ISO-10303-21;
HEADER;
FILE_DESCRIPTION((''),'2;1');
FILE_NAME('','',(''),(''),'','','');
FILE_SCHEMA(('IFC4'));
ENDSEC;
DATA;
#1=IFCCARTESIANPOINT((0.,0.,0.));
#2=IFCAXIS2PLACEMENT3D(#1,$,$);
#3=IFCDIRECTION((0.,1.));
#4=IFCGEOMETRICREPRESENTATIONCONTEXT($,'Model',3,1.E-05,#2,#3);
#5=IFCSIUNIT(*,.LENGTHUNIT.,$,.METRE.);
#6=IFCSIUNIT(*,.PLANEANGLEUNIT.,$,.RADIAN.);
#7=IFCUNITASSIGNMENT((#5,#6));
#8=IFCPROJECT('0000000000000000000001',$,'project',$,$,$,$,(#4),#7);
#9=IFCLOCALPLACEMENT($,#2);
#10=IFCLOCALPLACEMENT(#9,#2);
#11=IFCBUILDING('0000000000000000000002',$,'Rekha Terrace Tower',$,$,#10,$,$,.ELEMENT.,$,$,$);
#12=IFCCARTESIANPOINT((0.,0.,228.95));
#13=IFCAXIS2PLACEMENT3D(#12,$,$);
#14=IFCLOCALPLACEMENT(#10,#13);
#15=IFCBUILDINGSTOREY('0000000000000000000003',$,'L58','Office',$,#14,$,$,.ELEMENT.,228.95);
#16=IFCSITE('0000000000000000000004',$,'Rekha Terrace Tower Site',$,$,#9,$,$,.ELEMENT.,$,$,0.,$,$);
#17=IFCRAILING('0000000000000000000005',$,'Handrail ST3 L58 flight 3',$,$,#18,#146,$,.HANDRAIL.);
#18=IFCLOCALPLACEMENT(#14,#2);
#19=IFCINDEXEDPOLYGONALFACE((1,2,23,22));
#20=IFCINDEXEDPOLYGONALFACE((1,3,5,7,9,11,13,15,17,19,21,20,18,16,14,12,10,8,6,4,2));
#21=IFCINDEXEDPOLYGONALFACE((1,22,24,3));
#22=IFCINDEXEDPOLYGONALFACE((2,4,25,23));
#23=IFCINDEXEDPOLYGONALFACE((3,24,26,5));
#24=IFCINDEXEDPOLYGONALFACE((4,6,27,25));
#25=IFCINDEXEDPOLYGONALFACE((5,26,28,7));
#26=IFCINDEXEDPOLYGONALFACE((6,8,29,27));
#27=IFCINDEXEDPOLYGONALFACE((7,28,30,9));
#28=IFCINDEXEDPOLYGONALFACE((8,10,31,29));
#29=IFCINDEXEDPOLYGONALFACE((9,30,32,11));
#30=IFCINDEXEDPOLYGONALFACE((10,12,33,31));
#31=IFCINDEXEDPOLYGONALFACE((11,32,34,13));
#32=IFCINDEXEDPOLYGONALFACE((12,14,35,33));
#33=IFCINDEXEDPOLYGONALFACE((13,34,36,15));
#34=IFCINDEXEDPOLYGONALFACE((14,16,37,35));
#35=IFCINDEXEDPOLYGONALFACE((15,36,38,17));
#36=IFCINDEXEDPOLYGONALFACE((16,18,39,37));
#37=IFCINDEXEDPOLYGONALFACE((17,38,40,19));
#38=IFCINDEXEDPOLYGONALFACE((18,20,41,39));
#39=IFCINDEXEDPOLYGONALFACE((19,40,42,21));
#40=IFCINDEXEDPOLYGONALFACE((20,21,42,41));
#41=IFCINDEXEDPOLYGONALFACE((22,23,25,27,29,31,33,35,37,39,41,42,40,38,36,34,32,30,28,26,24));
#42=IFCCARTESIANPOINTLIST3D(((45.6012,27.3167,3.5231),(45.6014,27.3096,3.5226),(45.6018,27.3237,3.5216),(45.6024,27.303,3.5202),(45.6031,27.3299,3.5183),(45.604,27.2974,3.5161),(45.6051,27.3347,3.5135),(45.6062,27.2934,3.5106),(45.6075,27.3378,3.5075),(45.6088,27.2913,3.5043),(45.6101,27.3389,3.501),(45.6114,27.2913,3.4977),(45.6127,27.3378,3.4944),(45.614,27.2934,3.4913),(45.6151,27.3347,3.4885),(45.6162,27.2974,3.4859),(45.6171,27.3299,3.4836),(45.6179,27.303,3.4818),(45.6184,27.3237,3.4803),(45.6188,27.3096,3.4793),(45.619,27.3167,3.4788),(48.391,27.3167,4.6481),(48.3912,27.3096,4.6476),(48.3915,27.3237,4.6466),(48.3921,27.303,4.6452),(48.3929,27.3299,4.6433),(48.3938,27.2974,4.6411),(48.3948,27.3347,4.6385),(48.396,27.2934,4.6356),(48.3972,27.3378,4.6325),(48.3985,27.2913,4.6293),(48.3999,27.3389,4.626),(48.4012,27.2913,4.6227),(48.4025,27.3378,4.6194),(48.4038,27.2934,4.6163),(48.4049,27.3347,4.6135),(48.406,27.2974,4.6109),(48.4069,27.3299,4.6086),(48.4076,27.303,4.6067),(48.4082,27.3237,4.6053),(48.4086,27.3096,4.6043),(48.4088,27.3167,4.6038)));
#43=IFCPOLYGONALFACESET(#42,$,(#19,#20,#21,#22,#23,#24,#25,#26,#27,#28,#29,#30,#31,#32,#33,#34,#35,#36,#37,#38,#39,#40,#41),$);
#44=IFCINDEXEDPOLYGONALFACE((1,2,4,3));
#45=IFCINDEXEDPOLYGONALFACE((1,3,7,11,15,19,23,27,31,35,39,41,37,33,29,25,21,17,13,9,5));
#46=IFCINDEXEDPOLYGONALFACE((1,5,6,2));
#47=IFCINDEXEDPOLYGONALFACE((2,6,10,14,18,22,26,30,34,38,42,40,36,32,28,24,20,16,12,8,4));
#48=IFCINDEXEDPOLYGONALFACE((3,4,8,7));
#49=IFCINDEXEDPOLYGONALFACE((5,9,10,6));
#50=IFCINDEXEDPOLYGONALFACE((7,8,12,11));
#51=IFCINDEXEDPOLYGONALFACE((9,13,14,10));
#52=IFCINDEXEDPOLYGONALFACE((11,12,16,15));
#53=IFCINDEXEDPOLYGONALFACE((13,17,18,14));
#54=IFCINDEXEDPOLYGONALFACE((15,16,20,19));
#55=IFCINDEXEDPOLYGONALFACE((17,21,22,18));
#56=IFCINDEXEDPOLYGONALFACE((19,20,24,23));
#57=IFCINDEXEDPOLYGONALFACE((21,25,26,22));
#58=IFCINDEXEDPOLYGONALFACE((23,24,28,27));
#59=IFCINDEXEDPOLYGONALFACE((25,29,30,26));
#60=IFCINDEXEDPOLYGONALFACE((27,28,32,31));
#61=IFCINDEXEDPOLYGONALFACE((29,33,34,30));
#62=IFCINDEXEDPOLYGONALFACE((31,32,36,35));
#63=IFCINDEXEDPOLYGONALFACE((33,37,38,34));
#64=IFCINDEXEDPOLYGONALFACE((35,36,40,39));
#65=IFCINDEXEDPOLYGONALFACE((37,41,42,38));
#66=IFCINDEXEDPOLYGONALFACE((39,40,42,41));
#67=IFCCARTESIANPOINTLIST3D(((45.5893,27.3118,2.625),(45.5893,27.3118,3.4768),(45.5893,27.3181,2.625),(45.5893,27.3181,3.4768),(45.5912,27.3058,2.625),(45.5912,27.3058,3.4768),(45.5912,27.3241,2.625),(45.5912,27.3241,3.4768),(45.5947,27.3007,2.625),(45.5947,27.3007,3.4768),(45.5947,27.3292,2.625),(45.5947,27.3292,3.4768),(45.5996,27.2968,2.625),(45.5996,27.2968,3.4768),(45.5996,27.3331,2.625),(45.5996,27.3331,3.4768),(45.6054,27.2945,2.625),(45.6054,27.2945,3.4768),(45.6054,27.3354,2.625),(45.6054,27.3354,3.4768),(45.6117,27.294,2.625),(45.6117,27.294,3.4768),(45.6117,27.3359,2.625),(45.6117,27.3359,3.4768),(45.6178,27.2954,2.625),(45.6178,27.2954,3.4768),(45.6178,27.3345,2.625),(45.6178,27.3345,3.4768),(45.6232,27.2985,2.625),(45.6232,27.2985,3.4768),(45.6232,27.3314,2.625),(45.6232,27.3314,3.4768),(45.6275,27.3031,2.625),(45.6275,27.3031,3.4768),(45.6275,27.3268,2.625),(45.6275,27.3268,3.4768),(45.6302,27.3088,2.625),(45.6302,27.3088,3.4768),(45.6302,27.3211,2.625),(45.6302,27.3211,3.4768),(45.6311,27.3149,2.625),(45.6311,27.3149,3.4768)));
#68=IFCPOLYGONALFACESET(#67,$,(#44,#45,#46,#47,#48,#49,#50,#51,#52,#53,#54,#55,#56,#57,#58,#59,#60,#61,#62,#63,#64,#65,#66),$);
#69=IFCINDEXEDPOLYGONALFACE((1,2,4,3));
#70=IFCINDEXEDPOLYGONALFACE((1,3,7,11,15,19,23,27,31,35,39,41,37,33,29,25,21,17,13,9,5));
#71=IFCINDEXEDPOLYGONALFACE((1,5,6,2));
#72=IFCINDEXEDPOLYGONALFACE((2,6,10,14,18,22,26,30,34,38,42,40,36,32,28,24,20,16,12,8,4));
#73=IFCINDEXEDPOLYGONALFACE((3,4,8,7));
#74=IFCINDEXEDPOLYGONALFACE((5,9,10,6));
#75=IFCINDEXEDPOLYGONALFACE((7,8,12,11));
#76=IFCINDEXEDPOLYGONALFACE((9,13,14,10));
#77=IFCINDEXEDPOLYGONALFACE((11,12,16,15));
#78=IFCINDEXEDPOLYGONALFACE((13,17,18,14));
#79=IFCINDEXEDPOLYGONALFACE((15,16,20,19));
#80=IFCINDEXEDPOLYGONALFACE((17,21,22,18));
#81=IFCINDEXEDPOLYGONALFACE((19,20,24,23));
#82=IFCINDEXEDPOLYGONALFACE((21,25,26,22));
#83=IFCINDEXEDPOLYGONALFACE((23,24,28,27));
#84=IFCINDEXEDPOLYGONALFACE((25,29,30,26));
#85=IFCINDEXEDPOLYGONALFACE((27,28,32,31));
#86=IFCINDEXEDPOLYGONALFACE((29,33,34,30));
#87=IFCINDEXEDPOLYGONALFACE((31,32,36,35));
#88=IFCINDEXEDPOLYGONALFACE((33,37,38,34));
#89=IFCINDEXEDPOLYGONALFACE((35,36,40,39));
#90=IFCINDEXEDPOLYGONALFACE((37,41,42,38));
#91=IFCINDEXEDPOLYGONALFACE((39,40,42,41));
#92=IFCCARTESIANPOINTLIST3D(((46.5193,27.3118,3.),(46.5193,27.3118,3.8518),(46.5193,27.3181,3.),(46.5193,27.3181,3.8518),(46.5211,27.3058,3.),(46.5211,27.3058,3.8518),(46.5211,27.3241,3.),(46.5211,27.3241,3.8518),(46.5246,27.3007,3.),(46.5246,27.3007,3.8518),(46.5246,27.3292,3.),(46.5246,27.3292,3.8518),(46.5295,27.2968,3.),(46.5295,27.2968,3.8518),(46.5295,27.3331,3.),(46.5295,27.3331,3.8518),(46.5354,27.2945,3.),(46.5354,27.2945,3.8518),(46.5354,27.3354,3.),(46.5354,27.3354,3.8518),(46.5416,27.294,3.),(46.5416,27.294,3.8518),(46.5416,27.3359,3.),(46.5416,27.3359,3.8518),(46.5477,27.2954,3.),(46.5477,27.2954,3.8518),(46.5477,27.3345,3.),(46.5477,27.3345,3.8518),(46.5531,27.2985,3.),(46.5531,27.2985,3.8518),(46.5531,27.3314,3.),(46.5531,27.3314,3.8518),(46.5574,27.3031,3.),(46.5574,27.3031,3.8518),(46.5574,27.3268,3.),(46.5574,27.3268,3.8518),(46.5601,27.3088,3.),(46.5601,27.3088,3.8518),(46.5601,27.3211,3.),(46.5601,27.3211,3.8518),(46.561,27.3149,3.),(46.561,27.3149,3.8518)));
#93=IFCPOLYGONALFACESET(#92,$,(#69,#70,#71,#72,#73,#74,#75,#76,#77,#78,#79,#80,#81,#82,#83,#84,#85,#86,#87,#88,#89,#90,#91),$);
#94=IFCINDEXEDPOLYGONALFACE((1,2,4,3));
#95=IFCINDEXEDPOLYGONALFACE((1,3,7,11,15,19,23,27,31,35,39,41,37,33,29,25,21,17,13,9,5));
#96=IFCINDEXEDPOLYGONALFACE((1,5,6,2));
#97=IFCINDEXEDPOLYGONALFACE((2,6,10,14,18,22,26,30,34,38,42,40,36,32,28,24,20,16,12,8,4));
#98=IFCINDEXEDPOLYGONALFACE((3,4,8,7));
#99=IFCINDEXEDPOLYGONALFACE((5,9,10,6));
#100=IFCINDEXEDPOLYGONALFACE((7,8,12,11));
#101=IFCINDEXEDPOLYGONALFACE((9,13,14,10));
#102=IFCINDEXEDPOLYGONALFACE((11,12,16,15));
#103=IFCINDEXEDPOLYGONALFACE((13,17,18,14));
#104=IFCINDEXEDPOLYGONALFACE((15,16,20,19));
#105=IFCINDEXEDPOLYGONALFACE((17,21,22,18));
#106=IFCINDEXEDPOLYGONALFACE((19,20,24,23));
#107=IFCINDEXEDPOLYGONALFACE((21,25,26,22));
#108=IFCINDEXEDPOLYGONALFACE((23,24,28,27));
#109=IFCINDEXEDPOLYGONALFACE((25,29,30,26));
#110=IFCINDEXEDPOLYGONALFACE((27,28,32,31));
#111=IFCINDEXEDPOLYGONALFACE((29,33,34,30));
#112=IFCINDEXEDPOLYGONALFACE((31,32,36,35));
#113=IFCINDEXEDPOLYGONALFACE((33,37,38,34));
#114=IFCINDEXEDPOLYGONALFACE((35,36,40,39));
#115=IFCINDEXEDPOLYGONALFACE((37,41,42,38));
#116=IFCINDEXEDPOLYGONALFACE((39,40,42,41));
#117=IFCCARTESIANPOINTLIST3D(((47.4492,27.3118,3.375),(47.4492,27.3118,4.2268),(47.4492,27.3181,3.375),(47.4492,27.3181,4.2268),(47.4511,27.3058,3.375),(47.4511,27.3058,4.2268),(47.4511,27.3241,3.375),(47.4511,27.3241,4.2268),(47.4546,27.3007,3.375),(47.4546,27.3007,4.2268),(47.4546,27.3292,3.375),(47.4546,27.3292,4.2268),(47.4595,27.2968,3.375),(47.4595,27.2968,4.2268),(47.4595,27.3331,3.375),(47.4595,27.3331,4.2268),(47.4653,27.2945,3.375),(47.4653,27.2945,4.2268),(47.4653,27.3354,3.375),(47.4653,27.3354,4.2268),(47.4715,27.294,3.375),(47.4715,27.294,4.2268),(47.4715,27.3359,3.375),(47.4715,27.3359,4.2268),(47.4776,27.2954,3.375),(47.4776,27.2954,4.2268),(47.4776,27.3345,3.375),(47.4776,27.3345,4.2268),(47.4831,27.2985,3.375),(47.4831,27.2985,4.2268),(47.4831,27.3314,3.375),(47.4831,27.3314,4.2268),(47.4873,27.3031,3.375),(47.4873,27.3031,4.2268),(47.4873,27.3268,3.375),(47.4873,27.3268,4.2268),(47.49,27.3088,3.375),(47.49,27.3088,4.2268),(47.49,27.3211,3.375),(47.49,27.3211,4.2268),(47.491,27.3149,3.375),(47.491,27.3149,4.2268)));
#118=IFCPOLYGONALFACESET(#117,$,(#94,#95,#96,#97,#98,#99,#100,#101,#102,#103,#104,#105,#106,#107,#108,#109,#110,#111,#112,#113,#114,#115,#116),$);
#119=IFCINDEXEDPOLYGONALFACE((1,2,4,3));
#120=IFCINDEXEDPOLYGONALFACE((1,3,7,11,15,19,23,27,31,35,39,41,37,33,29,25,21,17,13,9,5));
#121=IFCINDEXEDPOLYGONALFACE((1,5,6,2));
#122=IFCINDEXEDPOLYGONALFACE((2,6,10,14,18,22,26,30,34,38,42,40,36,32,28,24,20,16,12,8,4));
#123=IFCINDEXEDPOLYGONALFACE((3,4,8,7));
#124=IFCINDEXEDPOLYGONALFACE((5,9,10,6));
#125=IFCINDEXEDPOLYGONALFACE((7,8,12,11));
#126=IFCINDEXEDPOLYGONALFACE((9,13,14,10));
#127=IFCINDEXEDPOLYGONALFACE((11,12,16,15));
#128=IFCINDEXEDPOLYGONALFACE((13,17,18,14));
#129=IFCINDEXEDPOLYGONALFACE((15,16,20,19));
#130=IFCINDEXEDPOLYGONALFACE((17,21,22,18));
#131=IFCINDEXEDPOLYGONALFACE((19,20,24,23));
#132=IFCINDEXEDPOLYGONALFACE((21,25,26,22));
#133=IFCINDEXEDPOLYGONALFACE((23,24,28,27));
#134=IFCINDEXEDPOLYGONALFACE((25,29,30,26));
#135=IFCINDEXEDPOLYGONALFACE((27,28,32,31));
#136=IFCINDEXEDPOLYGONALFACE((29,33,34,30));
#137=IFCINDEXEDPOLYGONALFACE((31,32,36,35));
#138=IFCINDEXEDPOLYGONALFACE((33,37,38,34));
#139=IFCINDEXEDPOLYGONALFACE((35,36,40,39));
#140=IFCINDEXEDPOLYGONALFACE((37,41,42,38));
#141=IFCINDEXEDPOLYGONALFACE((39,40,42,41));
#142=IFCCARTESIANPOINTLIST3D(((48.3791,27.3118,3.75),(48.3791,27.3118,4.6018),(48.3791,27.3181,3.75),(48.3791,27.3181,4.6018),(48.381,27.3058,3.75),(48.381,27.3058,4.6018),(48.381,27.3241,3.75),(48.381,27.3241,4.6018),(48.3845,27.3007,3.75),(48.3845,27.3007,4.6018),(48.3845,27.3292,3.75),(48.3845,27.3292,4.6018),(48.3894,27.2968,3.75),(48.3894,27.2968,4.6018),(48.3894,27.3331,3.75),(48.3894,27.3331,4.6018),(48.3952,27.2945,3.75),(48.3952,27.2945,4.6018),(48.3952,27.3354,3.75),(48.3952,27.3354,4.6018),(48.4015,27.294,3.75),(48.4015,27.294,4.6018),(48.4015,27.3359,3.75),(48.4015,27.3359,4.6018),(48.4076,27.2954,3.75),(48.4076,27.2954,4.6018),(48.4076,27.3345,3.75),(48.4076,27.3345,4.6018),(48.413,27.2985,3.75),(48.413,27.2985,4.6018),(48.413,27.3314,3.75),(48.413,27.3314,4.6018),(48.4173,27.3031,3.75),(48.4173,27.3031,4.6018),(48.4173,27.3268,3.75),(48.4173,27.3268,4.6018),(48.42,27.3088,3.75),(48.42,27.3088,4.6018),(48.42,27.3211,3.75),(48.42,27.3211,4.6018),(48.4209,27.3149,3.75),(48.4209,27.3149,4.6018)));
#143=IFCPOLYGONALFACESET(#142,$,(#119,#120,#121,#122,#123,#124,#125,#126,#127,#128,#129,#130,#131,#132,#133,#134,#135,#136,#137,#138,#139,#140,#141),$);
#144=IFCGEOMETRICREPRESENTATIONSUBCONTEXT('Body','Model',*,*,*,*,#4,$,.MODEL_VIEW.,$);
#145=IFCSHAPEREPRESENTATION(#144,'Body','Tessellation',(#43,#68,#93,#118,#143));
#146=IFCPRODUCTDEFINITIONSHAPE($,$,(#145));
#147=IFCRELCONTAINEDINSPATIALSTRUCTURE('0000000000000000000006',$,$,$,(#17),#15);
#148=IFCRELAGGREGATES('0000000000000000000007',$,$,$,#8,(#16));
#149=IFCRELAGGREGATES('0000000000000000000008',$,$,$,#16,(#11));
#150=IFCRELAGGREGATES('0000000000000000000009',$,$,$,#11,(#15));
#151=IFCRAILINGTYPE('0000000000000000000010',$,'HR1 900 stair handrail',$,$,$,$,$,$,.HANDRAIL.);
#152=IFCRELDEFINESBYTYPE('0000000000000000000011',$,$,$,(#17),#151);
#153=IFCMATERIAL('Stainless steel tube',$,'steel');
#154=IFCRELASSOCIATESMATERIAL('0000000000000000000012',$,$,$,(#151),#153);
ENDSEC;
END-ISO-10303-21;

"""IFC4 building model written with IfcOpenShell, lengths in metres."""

from ifc_helpers import new_model, si_unit, direction, frame, origin, origin_2d, place, context, subcontext, project, spatial, circle, extrude, material, type_object, element, save


model = new_model("IFC4")

# Units and contexts
model_context = context("Model", 3, precision=1e-05, world=origin(), true_north=direction((0.0, 1.0)))
body_context = subcontext(model_context, "Body", "Model", "MODEL_VIEW")
ifc_project = project(units=[si_unit("LENGTHUNIT", "METRE"), si_unit("PLANEANGLEUNIT", "RADIAN")], contexts=[model_context])

# Site, building, storey
site_placement = place(None, origin())
site = spatial("IfcSite", under=ifc_project, at=site_placement, Name="Rekha Terrace Tower Site", CompositionType="ELEMENT", RefElevation=0.0)
building_placement = place(site_placement, origin())
building = spatial("IfcBuilding", under=site, at=building_placement, Name="Rekha Terrace Tower", CompositionType="ELEMENT")
storey_placement = place(building_placement, frame((0.0, 0.0, 228.95)))
storey = spatial("IfcBuildingStorey", under=building, at=storey_placement, Name="L58", Description="Office", CompositionType="ELEMENT", Elevation=228.95)

# Railing
ifc_material_1 = material(Name="Stainless steel tube", Category="steel")
railing_type_1 = type_object("IfcRailingType", Name="HR1 900 stair handrail", PredefinedType="HANDRAIL", material=ifc_material_1)
railing_1_placement = place(storey_placement, frame((45.6101, 27.3149, 2.625)))
element("IfcRailing", 1, at=railing_1_placement, inside=storey, type_object=railing_type_1, Name="Handrail ST3 L58 flight 3", PredefinedType="HANDRAIL", context=body_context, shape_type="SweptSolid", body=[
    extrude(circle(Radius=0.0239, at=origin_2d()), frame((0.0, 0.0, 0.876), z_axis=(0.927432, 0.0, 0.373992), x_axis=(0.0, 1.0, 0.0)), (0.0, 0.0, 1.0), 3.0081),
    extrude(circle(Radius=0.021, at=origin_2d()), origin(), (0.0, 0.0, 1.0), 0.8518),
    extrude(circle(Radius=0.021, at=origin_2d()), frame((0.9299, 0.0, 0.375)), (0.0, 0.0, 1.0), 0.8518),
    extrude(circle(Radius=0.021, at=origin_2d()), frame((1.8599, 0.0, 0.75)), (0.0, 0.0, 1.0), 0.8518),
    extrude(circle(Radius=0.021, at=origin_2d()), frame((2.7898, 0.0, 1.125)), (0.0, 0.0, 1.0), 0.8518),
])

save(model, "model.ifc")
